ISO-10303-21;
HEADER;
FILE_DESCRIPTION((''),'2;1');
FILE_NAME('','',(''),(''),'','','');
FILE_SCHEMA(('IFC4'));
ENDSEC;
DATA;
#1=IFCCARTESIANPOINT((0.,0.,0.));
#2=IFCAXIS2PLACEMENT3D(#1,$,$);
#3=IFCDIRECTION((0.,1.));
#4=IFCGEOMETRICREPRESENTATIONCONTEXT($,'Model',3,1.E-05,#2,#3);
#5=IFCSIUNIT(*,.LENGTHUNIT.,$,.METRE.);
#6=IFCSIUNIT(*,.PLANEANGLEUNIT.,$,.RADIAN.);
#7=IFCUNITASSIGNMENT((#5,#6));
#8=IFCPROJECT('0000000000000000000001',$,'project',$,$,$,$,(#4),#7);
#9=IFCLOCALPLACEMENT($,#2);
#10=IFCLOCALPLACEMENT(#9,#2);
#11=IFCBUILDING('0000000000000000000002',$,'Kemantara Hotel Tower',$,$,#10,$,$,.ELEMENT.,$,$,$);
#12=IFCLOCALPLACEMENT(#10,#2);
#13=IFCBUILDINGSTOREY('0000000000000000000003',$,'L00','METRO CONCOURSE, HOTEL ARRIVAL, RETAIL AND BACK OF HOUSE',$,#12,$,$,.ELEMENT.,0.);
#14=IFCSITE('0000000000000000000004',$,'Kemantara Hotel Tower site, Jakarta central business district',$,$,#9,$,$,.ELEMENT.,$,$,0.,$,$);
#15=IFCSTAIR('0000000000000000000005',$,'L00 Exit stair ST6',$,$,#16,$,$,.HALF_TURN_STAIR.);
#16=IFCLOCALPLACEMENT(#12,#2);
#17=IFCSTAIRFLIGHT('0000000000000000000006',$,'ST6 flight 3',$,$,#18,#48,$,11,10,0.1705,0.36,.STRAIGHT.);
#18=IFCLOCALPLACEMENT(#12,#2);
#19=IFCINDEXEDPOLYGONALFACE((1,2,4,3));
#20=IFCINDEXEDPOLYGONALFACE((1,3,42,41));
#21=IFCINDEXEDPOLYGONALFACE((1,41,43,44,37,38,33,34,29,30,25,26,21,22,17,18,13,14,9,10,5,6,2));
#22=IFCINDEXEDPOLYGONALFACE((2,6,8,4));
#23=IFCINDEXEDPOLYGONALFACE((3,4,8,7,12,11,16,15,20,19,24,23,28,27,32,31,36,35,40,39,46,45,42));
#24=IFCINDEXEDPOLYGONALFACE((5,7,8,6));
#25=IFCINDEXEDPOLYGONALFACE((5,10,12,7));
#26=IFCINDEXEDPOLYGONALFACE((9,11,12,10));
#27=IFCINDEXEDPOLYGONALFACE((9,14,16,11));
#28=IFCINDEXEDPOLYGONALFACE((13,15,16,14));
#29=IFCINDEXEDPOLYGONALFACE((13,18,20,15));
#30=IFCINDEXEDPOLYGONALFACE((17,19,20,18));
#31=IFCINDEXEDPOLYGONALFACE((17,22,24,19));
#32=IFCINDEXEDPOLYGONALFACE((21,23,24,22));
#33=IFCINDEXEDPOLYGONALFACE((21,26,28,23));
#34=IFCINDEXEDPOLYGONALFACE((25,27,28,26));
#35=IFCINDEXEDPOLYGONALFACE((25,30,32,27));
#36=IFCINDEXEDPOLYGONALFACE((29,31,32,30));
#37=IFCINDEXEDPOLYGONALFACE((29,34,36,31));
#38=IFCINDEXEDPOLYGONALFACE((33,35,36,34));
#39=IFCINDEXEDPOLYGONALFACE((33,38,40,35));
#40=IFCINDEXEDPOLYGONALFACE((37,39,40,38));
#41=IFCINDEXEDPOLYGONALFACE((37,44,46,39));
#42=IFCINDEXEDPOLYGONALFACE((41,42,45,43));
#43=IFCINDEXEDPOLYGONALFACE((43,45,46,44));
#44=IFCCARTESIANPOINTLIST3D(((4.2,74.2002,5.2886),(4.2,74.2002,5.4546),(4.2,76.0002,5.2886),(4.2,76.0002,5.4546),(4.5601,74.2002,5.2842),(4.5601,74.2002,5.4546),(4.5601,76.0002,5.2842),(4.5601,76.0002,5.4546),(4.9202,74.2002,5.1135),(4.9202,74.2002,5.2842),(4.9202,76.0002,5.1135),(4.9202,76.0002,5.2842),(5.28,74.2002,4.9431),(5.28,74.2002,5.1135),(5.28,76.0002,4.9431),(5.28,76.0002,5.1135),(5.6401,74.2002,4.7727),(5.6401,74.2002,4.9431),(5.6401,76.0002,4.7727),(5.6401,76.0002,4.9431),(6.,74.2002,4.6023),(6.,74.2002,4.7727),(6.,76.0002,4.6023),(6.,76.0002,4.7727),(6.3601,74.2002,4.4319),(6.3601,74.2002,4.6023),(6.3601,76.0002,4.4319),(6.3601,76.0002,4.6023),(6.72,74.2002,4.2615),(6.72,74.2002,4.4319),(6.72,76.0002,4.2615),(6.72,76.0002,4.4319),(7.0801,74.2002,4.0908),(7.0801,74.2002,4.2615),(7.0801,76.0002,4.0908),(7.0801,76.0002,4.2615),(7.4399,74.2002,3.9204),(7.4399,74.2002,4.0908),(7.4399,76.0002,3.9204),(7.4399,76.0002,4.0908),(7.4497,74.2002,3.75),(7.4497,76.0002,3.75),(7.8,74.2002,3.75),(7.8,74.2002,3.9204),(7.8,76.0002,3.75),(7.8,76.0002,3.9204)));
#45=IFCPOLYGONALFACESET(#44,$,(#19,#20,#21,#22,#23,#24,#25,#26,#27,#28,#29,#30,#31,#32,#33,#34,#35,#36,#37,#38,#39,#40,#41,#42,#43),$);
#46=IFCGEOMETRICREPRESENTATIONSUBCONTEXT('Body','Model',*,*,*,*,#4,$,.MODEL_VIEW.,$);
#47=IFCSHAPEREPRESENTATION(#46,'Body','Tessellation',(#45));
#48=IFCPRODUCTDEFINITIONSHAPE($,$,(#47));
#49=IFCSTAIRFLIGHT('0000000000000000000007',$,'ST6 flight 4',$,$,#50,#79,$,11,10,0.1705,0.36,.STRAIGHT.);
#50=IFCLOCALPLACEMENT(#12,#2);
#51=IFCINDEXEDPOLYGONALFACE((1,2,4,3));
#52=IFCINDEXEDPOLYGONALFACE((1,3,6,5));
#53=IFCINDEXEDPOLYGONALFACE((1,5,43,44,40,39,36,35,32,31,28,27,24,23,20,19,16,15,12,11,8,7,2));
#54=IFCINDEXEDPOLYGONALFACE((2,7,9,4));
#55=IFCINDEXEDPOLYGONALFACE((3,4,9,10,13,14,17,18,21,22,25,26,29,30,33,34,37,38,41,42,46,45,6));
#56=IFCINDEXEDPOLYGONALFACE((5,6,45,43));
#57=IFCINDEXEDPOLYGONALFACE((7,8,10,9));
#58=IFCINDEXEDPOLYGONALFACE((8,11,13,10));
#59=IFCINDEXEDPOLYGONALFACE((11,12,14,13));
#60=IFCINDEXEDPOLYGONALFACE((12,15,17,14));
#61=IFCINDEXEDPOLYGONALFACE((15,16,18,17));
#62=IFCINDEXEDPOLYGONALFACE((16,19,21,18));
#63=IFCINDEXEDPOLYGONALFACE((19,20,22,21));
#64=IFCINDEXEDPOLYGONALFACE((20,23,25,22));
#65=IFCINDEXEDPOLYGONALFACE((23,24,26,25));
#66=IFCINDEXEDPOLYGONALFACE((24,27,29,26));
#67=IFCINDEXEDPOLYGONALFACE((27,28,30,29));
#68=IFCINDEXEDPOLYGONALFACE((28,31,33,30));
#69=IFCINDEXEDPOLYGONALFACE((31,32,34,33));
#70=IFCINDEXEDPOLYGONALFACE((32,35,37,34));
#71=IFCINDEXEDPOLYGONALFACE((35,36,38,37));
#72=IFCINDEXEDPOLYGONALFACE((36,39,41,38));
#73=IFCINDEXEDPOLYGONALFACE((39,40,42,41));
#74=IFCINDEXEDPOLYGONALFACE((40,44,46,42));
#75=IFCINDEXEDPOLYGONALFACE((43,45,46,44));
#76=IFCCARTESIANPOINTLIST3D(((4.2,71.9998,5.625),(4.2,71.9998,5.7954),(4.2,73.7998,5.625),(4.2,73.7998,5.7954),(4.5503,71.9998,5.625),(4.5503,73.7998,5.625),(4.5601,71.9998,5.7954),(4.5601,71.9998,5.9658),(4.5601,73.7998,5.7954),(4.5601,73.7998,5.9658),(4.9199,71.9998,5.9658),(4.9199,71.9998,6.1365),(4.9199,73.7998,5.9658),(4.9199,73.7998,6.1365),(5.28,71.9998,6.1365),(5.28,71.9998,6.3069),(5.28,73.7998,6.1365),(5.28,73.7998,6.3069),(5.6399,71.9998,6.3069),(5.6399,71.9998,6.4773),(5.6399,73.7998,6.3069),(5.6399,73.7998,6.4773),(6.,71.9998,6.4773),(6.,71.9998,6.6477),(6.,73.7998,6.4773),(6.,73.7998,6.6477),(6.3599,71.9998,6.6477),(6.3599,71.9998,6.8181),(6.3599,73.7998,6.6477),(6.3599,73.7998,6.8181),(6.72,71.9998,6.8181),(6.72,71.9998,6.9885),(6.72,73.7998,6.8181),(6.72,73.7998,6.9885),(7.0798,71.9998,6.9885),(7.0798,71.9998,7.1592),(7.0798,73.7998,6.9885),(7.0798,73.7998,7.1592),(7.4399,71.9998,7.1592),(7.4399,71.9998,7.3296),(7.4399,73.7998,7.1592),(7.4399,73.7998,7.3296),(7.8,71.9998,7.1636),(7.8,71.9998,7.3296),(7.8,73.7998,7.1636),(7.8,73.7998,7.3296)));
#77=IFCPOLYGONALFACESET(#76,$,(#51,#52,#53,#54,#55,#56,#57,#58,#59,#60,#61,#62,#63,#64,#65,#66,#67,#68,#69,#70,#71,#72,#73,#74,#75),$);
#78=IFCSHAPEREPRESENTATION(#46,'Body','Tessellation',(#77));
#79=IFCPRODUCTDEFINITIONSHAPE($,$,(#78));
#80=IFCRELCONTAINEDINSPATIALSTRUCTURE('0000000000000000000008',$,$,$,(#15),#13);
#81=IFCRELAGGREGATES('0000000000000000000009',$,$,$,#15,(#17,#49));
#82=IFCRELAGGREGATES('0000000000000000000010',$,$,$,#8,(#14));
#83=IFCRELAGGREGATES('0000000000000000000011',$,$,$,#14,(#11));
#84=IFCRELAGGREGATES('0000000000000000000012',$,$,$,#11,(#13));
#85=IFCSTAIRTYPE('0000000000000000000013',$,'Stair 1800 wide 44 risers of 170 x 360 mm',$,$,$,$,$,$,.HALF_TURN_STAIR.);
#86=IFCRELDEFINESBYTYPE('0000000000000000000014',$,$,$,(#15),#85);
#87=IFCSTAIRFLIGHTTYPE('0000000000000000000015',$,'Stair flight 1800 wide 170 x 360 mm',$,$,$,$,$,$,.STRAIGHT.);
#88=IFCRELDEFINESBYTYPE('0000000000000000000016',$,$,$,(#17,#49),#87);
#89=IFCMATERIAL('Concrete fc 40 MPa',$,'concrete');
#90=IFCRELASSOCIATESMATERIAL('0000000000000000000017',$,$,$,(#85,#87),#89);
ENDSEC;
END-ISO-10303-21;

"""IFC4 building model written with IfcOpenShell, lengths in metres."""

from ifc_helpers import new_model, si_unit, direction, frame, origin, place, context, subcontext, project, spatial, polyline, outline, extrude, material, type_object, element, aggregate, save


model = new_model("IFC4")

# Units and contexts
model_context = context("Model", 3, precision=1e-05, world=origin(), true_north=direction((0.0, 1.0)))
body_context = subcontext(model_context, "Body", "Model", "MODEL_VIEW")
ifc_project = project(units=[si_unit("LENGTHUNIT", "METRE"), si_unit("PLANEANGLEUNIT", "RADIAN")], contexts=[model_context])

# Site, building, storey
site_placement = place(None, origin())
site = spatial("IfcSite", under=ifc_project, at=site_placement, Name="Kemantara Hotel Tower site, Jakarta central business district", CompositionType="ELEMENT", RefElevation=0.0)
building_placement = place(site_placement, origin())
building = spatial("IfcBuilding", under=site, at=building_placement, Name="Kemantara Hotel Tower", CompositionType="ELEMENT")
storey_placement = place(building_placement, origin())
storey = spatial("IfcBuildingStorey", under=building, at=storey_placement, Name="L00", Description="METRO CONCOURSE, HOTEL ARRIVAL, RETAIL AND BACK OF HOUSE", CompositionType="ELEMENT", Elevation=0.0)

# Shared definitions
ifc_material_1 = material(Name="Concrete fc 40 MPa", Category="concrete")

# Stair, stair flights
stair_type = type_object("IfcStairType", Name="Stair 1800 wide 44 risers of 170 x 360 mm", PredefinedType="HALF_TURN_STAIR", material=ifc_material_1)
stair_placement = place(storey_placement, origin())
stair = element("IfcStair", 1, at=stair_placement, inside=storey, type_object=stair_type, Name="L00 Exit stair ST6", PredefinedType="HALF_TURN_STAIR")
stair_flight_type = type_object("IfcStairFlightType", Name="Stair flight 1800 wide 170 x 360 mm", PredefinedType="STRAIGHT", material=ifc_material_1)
stair_flight_1_placement = place(storey_placement, frame((7.8, 75.1001, 3.75), z_axis=(0.0, 0.0, 1.0), x_axis=(-1.0, 0.0, 0.0)))
stair_flight_1 = element("IfcStairFlight", 2, at=stair_flight_1_placement, type_object=stair_flight_type, Name="ST6 flight 3", NumberOfRisers=11, NumberOfTreads=10, PredefinedType="STRAIGHT", RiserHeight=0.1705, TreadLength=0.36, context=body_context, shape_type="SweptSolid", body=[
    extrude(outline(polyline([(0.0, 0.0), (0.0, 0.1704), (0.3601, 0.1704), (0.3601, 0.3408), (0.72, 0.3408), (0.72, 0.5115), (1.0801, 0.5115), (1.0801, 0.6819), (1.4399, 0.6819), (1.4399, 0.8523), (1.8, 0.8523), (1.8, 1.0227), (2.1599, 1.0227), (2.1599, 1.1931), (2.52, 1.1931), (2.52, 1.3635), (2.8799, 1.3635), (2.8799, 1.5342), (3.24, 1.5342), (3.24, 1.7046), (3.6001, 1.7046), (3.6001, 1.875), (3.6001, 1.5386), (0.3503, 0.0), (0.0, 0.0)])), frame((0.0, 0.8999, 0.0), z_axis=(0.0, -1.0, 0.0), x_axis=(1.0, 0.0, 0.0)), (0.0, 0.0, 1.0), 1.8),
])
stair_flight_2_placement = place(storey_placement, frame((4.2, 72.8999, 5.625), z_axis=(0.0, 0.0, 1.0), x_axis=(1.0, 0.0, 0.0)))
stair_flight_2 = element("IfcStairFlight", 3, at=stair_flight_2_placement, type_object=stair_flight_type, Name="ST6 flight 4", NumberOfRisers=11, NumberOfTreads=10, PredefinedType="STRAIGHT", RiserHeight=0.1705, TreadLength=0.36, context=body_context, shape_type="SweptSolid", body=[
    extrude(outline(polyline([(0.0, 0.0), (0.0, 0.1704), (0.3601, 0.1704), (0.3601, 0.3408), (0.72, 0.3408), (0.72, 0.5115), (1.0801, 0.5115), (1.0801, 0.6819), (1.4399, 0.6819), (1.4399, 0.8523), (1.8, 0.8523), (1.8, 1.0227), (2.1599, 1.0227), (2.1599, 1.1931), (2.52, 1.1931), (2.52, 1.3635), (2.8799, 1.3635), (2.8799, 1.5342), (3.24, 1.5342), (3.24, 1.7046), (3.6001, 1.7046), (3.6001, 1.875), (3.6001, 1.5386), (0.3503, 0.0), (0.0, 0.0)])), frame((0.0, 0.8999, 0.0), z_axis=(0.0, -1.0, 0.0), x_axis=(1.0, 0.0, 0.0)), (0.0, 0.0, 1.0), 1.8),
])
aggregate(stair, [stair_flight_1, stair_flight_2])

save(model, "model.ifc")
